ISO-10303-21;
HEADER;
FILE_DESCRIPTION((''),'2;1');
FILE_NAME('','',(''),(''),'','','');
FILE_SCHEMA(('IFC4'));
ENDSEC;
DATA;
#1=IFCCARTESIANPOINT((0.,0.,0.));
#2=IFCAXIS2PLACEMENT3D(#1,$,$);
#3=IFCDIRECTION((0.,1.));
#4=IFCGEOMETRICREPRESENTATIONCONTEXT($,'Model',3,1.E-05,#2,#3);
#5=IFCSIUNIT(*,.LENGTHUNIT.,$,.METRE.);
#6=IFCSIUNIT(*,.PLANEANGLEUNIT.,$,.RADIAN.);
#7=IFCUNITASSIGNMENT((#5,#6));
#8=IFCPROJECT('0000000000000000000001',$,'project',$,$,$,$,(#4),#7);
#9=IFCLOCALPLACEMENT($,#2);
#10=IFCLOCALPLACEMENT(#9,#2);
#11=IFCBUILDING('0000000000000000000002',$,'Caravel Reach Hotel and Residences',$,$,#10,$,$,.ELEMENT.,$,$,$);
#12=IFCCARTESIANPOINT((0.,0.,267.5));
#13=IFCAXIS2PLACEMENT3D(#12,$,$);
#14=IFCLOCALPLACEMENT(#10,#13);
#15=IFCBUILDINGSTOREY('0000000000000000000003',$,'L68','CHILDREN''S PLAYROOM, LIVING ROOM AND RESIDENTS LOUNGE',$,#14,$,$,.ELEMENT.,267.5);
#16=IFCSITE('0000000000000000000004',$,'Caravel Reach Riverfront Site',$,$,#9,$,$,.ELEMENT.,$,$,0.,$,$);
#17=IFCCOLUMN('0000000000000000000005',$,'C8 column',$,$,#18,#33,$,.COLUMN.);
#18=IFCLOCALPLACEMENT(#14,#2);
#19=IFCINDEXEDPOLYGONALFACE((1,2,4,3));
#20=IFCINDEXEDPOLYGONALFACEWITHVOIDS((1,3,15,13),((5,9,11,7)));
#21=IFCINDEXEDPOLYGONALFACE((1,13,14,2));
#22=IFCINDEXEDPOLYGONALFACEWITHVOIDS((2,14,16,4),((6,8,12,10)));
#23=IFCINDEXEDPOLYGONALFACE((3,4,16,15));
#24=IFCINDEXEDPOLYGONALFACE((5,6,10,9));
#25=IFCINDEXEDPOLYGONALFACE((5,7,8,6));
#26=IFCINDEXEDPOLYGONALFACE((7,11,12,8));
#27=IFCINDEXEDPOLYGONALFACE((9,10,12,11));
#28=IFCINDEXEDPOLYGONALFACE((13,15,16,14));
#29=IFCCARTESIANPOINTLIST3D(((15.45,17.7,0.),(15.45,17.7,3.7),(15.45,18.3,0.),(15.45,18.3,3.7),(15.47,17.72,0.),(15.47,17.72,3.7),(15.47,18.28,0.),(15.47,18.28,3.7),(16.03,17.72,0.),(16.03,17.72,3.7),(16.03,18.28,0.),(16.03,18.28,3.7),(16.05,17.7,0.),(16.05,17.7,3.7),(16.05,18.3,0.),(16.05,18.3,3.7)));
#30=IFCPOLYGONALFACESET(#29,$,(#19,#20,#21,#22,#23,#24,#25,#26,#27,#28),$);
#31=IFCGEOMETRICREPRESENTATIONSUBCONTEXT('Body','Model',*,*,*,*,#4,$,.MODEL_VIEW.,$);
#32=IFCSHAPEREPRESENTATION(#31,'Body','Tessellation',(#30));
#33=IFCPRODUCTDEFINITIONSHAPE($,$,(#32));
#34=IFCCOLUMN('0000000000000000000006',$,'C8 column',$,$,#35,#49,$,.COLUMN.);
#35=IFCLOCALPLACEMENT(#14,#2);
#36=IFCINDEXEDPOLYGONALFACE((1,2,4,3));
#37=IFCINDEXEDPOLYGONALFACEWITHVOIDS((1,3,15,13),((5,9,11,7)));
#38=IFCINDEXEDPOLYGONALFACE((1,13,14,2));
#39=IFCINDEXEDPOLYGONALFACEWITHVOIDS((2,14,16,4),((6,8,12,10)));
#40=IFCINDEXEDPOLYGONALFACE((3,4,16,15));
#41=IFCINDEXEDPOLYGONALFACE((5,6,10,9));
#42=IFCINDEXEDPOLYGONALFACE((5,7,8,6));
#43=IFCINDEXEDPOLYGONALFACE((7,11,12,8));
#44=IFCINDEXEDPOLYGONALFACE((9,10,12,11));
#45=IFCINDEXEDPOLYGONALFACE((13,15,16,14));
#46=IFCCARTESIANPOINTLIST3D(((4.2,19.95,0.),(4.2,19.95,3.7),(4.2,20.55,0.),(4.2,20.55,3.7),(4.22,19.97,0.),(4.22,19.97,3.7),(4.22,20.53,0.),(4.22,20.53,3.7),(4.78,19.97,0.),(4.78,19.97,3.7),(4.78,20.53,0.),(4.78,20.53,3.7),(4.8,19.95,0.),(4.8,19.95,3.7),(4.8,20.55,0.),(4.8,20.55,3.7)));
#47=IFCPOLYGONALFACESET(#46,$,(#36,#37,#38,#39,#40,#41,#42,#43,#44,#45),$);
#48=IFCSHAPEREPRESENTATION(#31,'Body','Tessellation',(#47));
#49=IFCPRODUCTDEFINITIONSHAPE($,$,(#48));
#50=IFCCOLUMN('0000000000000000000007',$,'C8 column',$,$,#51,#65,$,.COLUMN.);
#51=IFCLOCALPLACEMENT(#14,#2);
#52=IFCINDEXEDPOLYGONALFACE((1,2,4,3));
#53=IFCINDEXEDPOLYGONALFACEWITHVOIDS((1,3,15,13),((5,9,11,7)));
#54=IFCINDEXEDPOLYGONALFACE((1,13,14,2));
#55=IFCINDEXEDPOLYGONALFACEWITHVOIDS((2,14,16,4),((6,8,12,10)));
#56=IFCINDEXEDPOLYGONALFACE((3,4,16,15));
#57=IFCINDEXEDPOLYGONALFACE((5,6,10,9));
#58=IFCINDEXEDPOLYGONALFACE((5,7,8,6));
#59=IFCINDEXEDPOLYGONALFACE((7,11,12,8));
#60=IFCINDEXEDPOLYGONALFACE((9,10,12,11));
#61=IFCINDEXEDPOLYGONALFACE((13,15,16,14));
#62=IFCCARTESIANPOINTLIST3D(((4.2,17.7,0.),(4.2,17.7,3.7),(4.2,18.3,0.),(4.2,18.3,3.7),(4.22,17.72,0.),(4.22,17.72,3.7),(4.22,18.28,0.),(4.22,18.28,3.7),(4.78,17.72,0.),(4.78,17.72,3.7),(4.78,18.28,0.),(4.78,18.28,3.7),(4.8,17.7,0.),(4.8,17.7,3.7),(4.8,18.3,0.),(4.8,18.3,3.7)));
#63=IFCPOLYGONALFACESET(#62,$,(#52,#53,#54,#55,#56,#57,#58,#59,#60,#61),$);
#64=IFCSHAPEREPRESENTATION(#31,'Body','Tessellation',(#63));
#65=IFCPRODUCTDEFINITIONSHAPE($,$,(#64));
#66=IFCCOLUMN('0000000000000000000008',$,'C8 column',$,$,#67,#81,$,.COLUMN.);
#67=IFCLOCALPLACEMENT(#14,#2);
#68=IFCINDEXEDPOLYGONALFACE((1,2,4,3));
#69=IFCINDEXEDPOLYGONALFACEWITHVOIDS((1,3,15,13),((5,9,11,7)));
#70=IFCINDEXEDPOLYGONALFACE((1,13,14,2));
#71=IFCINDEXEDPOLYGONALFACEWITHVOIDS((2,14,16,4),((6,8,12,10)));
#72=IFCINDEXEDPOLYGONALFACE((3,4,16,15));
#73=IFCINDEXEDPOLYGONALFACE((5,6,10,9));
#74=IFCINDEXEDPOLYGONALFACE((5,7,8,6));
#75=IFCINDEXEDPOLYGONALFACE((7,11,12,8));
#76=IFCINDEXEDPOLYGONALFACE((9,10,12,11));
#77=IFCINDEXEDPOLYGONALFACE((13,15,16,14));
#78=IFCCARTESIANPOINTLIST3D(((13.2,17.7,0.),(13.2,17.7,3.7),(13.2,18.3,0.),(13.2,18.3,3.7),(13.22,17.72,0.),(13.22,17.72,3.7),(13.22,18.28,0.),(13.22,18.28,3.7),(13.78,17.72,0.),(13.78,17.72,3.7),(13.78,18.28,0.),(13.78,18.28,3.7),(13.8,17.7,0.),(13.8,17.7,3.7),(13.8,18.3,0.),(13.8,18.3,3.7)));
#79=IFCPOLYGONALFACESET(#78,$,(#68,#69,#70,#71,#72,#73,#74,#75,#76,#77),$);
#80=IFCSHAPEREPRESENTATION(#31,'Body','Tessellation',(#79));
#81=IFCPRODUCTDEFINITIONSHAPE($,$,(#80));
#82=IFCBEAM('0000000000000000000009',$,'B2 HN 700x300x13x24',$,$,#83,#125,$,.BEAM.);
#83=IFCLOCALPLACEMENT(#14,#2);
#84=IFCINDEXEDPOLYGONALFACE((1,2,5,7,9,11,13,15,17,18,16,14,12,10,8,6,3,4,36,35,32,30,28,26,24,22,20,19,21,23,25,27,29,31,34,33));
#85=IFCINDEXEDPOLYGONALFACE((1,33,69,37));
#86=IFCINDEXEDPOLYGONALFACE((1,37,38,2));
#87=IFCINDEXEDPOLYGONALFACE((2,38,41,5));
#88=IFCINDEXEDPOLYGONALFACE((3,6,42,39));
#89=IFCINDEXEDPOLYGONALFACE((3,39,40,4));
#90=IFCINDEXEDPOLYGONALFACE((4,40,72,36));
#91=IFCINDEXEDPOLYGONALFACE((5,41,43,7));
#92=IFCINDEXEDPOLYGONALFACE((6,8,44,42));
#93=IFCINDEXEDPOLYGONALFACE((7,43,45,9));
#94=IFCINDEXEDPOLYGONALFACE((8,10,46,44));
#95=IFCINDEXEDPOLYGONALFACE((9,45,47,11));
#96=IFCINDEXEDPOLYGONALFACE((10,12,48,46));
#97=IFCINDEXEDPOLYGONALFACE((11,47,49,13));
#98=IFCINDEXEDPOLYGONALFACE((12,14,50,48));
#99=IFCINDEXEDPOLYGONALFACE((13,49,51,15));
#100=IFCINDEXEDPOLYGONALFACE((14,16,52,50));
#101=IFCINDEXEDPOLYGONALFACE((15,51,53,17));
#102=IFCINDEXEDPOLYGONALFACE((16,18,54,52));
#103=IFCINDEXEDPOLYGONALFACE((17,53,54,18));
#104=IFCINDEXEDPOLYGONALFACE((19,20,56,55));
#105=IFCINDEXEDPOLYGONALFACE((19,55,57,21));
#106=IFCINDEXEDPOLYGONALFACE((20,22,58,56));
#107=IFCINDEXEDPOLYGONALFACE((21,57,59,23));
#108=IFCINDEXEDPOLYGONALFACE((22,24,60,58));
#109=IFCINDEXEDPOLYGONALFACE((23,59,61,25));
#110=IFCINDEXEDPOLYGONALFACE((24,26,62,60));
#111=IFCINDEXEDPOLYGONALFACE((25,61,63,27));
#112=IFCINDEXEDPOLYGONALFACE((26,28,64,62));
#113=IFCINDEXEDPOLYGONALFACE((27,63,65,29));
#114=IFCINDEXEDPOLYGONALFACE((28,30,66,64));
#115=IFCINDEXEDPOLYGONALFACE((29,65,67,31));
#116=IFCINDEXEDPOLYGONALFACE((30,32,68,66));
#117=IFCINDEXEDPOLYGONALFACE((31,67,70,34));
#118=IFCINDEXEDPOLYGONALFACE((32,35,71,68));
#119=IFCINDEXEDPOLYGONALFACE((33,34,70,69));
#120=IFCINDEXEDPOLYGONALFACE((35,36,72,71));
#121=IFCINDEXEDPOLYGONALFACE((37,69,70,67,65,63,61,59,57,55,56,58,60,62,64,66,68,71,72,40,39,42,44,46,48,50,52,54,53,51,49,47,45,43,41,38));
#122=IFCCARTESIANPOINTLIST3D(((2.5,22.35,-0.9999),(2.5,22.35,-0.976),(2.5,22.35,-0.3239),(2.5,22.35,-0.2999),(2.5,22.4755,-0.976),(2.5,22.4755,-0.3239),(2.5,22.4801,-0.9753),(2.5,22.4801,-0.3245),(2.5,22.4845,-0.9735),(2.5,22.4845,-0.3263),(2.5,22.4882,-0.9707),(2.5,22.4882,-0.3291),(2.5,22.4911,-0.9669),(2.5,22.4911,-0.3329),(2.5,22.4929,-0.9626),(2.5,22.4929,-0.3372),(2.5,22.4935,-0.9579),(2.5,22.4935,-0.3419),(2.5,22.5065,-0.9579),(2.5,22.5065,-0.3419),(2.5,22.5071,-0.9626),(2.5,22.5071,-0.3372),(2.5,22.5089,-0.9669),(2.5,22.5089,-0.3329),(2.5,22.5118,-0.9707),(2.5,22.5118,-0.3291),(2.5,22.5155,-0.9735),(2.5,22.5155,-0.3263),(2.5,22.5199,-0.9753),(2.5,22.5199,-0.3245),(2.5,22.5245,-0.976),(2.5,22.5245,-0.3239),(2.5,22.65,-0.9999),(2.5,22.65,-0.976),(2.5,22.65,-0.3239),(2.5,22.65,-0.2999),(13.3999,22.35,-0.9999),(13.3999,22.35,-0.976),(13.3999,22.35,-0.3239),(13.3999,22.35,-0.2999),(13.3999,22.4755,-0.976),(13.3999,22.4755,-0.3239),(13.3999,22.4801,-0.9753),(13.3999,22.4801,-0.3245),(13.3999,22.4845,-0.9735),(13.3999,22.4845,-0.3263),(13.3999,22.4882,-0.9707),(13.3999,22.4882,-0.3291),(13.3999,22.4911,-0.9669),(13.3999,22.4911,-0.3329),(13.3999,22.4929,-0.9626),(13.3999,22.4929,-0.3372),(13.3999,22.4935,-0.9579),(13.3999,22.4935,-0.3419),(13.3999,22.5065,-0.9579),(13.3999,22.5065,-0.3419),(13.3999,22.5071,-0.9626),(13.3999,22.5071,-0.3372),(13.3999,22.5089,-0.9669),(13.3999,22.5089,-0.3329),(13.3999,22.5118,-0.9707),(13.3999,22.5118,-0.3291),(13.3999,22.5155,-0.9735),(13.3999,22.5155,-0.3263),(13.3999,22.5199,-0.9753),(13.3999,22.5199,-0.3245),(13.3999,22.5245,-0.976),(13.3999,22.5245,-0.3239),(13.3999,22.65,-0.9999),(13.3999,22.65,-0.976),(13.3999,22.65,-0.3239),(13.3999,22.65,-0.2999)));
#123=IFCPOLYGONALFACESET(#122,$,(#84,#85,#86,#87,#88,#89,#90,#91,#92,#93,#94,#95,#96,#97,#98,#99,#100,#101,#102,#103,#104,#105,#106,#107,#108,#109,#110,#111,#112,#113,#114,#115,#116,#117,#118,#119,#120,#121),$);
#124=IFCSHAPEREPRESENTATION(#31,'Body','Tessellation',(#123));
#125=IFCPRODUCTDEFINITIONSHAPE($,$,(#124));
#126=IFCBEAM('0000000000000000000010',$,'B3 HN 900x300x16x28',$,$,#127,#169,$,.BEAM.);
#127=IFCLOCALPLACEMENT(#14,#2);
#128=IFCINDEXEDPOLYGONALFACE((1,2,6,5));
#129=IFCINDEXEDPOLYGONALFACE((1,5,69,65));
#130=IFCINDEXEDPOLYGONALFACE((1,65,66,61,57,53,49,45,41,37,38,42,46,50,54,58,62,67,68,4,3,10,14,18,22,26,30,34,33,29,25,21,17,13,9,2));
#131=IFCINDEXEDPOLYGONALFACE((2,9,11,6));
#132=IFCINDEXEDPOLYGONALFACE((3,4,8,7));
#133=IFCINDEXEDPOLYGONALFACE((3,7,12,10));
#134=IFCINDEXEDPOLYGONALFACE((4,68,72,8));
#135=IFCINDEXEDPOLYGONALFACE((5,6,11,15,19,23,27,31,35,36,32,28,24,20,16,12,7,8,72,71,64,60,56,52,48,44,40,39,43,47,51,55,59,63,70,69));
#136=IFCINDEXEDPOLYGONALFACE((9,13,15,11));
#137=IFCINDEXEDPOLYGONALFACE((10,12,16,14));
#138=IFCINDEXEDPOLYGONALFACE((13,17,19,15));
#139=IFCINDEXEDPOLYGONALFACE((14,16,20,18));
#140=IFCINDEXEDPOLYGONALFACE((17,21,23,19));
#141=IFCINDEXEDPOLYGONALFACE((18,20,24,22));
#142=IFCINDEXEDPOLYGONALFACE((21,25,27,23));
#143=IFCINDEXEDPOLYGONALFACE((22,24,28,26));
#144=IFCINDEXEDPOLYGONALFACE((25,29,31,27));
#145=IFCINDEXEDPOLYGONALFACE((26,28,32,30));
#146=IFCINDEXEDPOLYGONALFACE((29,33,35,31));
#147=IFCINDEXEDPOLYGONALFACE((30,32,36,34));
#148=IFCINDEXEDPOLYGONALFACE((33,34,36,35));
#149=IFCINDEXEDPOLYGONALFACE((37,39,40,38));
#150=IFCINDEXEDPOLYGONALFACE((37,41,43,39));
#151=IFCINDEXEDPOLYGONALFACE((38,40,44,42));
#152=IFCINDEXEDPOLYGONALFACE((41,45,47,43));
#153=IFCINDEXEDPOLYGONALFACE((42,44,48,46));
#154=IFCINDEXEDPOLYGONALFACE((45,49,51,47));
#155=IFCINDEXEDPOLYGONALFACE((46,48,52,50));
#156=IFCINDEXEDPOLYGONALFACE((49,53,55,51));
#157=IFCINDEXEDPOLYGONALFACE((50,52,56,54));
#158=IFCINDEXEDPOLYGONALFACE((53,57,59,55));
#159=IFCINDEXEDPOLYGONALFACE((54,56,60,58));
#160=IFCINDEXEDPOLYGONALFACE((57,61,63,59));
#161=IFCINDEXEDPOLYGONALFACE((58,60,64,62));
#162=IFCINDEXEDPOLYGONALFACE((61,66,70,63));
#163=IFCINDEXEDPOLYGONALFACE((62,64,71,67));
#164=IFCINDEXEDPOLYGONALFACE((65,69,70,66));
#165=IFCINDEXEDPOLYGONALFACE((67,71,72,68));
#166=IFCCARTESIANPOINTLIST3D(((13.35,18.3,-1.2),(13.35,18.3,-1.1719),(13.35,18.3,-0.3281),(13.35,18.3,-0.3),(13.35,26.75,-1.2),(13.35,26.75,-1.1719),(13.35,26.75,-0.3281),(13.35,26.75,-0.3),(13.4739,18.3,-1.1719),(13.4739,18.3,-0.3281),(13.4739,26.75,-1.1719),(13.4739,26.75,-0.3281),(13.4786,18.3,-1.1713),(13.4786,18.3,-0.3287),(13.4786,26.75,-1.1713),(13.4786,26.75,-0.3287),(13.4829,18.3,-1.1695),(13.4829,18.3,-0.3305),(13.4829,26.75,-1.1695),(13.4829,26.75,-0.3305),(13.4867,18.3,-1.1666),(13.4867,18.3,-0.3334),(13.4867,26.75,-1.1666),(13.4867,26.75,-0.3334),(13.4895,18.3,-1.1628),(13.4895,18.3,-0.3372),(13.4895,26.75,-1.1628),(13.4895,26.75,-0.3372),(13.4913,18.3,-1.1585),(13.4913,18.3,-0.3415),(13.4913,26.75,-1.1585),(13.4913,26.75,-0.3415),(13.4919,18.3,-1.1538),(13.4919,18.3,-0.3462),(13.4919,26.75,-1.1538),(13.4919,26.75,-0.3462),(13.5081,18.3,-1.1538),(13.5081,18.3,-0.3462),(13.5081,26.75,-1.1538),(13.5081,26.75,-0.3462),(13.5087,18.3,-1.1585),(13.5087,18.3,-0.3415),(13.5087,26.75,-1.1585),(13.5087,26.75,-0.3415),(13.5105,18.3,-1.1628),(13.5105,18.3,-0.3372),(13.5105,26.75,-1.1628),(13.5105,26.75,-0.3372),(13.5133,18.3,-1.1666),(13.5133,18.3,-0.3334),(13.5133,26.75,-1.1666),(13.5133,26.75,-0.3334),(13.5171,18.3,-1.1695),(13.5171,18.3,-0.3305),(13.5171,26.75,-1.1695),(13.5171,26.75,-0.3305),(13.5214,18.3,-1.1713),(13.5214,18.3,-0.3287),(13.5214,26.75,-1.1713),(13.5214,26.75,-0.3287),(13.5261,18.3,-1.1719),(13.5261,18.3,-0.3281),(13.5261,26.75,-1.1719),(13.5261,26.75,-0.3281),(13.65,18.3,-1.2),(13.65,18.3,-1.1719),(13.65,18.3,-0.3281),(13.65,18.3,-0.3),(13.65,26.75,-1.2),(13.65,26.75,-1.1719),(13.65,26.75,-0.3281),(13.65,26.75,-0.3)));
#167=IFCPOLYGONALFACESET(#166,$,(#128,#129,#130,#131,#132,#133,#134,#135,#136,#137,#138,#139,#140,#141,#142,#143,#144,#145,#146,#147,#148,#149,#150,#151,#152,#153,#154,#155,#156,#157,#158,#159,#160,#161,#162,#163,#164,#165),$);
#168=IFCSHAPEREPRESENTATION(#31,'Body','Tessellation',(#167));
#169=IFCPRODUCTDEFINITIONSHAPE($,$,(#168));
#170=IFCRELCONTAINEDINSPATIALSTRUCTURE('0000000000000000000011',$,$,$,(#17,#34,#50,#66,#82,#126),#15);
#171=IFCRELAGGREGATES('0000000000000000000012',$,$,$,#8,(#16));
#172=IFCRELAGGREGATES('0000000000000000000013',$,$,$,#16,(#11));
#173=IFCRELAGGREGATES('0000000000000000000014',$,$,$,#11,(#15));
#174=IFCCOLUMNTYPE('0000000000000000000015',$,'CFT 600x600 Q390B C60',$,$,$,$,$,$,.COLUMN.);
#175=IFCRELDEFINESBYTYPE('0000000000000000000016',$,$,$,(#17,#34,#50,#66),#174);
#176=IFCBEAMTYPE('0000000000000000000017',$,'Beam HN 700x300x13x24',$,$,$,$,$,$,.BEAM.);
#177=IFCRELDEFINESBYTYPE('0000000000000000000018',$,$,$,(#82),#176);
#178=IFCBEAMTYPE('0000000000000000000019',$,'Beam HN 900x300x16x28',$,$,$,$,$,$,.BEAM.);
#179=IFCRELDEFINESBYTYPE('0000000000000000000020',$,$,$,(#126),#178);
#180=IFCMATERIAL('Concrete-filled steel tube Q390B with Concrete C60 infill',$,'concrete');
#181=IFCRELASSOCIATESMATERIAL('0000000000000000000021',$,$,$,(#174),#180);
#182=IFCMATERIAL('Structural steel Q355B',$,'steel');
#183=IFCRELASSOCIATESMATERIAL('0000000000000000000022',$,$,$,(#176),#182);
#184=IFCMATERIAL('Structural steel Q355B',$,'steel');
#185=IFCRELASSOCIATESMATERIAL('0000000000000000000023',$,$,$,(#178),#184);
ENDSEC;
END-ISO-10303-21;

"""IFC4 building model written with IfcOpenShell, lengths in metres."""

from ifc_helpers import new_model, si_unit, direction, frame, origin, origin_2d, place, context, subcontext, project, spatial, hollow_rectangle, i_section, extrude, material, material_profile, profile_set, type_object, element, save


model = new_model("IFC4")

# Units and contexts
model_context = context("Model", 3, precision=1e-05, world=origin(), true_north=direction((0.0, 1.0)))
body_context = subcontext(model_context, "Body", "Model", "MODEL_VIEW")
ifc_project = project(units=[si_unit("LENGTHUNIT", "METRE"), si_unit("PLANEANGLEUNIT", "RADIAN")], contexts=[model_context])

# Site, building, storey
site_placement = place(None, origin())
site = spatial("IfcSite", under=ifc_project, at=site_placement, Name="Caravel Reach Riverfront Site", CompositionType="ELEMENT", RefElevation=0.0)
building_placement = place(site_placement, origin())
building = spatial("IfcBuilding", under=site, at=building_placement, Name="Caravel Reach Hotel and Residences", CompositionType="ELEMENT")
storey_placement = place(building_placement, frame((0.0, 0.0, 267.5)))
storey = spatial("IfcBuildingStorey", under=building, at=storey_placement, Name="L68", Description="CHILDREN'S PLAYROOM, LIVING ROOM AND RESIDENTS LOUNGE", CompositionType="ELEMENT", Elevation=267.5)

# Columns
ifc_material_1 = material(Name="Concrete-filled steel tube Q390B with Concrete C60 infill", Category="concrete")
ifc_material_profile_1 = material_profile(ifc_material_1, hollow_rectangle(XDim=0.6001, YDim=0.6001, WallThickness=0.02, at=origin_2d()), Name="RHS 600x600x20")
ifc_profile_set_1 = profile_set([ifc_material_profile_1], Name="Concrete-filled steel tube Q390B with Concrete C60 infill")
column_type = type_object("IfcColumnType", Name="CFT 600x600 Q390B C60", PredefinedType="COLUMN", material=ifc_profile_set_1)
for number, where, z_axis, x_axis, name in (
    (1, (15.75, 18.0, 0.0), (0.0, 0.0, 1.0), (1.0, 0.0, 0.0), "C8 column"),
    (2, (4.5, 20.25, 0.0), (0.0, 0.0, 1.0), (1.0, 0.0, 0.0), "C8 column"),
    (3, (4.5, 18.0, 0.0), (0.0, 0.0, 1.0), (1.0, 0.0, 0.0), "C8 column"),
    (4, (13.5, 18.0, 0.0), (0.0, 0.0, 1.0), (1.0, 0.0, 0.0), "C8 column"),
):
    element("IfcColumn", number, at=place(storey_placement, frame(where, z_axis=z_axis, x_axis=x_axis)), inside=storey, type_object=column_type, Name=name, PredefinedType="COLUMN", context=body_context, shape_type="SweptSolid", body=[
        extrude(hollow_rectangle(XDim=0.6001, YDim=0.6001, WallThickness=0.02, at=origin_2d()), origin(), (0.0, 0.0, 1.0), 3.7),
    ])

# Beams
ifc_material_2 = material(Name="Structural steel Q355B", Category="steel")
ifc_material_profile_2 = material_profile(ifc_material_2, i_section(OverallWidth=0.3, OverallDepth=0.7, WebThickness=0.0129, FlangeThickness=0.0239, FilletRadius=0.0181, at=origin_2d()), Name="HN 700x300x13x24")
ifc_profile_set_2 = profile_set([ifc_material_profile_2], Name="Structural steel Q355B")
beam_type_1 = type_object("IfcBeamType", Name="Beam HN 700x300x13x24", PredefinedType="BEAM", material=ifc_profile_set_2)
beam_1_placement = place(storey_placement, frame((13.3999, 22.5, -0.6499), z_axis=(-1.0, 0.0, 0.0), x_axis=(0.0, -1.0, 0.0)))
element("IfcBeam", 5, at=beam_1_placement, inside=storey, type_object=beam_type_1, Name="B2 HN 700x300x13x24", PredefinedType="BEAM", context=body_context, shape_type="SweptSolid", body=[
    extrude(i_section(OverallWidth=0.3, OverallDepth=0.7, WebThickness=0.0129, FlangeThickness=0.0239, FilletRadius=0.0181, at=origin_2d()), origin(), (0.0, 0.0, 1.0), 10.8999),
])
ifc_material_3 = material(Name="Structural steel Q355B", Category="steel")
ifc_material_profile_3 = material_profile(ifc_material_3, i_section(OverallWidth=0.3, OverallDepth=0.8999, WebThickness=0.0161, FlangeThickness=0.0281, FilletRadius=0.0181, at=origin_2d()), Name="HN 900x300x16x28")
ifc_profile_set_3 = profile_set([ifc_material_profile_3], Name="Structural steel Q355B")
beam_type_2 = type_object("IfcBeamType", Name="Beam HN 900x300x16x28", PredefinedType="BEAM", material=ifc_profile_set_3)
beam_2_placement = place(storey_placement, frame((13.5, 18.3, -0.75), z_axis=(0.0, 1.0, 0.0), x_axis=(-1.0, 0.0, 0.0)))
element("IfcBeam", 6, at=beam_2_placement, inside=storey, type_object=beam_type_2, Name="B3 HN 900x300x16x28", PredefinedType="BEAM", context=body_context, shape_type="SweptSolid", body=[
    extrude(i_section(OverallWidth=0.3, OverallDepth=0.8999, WebThickness=0.0161, FlangeThickness=0.0281, FilletRadius=0.0181, at=origin_2d()), origin(), (0.0, 0.0, 1.0), 8.45),
])

save(model, "model.ifc")
